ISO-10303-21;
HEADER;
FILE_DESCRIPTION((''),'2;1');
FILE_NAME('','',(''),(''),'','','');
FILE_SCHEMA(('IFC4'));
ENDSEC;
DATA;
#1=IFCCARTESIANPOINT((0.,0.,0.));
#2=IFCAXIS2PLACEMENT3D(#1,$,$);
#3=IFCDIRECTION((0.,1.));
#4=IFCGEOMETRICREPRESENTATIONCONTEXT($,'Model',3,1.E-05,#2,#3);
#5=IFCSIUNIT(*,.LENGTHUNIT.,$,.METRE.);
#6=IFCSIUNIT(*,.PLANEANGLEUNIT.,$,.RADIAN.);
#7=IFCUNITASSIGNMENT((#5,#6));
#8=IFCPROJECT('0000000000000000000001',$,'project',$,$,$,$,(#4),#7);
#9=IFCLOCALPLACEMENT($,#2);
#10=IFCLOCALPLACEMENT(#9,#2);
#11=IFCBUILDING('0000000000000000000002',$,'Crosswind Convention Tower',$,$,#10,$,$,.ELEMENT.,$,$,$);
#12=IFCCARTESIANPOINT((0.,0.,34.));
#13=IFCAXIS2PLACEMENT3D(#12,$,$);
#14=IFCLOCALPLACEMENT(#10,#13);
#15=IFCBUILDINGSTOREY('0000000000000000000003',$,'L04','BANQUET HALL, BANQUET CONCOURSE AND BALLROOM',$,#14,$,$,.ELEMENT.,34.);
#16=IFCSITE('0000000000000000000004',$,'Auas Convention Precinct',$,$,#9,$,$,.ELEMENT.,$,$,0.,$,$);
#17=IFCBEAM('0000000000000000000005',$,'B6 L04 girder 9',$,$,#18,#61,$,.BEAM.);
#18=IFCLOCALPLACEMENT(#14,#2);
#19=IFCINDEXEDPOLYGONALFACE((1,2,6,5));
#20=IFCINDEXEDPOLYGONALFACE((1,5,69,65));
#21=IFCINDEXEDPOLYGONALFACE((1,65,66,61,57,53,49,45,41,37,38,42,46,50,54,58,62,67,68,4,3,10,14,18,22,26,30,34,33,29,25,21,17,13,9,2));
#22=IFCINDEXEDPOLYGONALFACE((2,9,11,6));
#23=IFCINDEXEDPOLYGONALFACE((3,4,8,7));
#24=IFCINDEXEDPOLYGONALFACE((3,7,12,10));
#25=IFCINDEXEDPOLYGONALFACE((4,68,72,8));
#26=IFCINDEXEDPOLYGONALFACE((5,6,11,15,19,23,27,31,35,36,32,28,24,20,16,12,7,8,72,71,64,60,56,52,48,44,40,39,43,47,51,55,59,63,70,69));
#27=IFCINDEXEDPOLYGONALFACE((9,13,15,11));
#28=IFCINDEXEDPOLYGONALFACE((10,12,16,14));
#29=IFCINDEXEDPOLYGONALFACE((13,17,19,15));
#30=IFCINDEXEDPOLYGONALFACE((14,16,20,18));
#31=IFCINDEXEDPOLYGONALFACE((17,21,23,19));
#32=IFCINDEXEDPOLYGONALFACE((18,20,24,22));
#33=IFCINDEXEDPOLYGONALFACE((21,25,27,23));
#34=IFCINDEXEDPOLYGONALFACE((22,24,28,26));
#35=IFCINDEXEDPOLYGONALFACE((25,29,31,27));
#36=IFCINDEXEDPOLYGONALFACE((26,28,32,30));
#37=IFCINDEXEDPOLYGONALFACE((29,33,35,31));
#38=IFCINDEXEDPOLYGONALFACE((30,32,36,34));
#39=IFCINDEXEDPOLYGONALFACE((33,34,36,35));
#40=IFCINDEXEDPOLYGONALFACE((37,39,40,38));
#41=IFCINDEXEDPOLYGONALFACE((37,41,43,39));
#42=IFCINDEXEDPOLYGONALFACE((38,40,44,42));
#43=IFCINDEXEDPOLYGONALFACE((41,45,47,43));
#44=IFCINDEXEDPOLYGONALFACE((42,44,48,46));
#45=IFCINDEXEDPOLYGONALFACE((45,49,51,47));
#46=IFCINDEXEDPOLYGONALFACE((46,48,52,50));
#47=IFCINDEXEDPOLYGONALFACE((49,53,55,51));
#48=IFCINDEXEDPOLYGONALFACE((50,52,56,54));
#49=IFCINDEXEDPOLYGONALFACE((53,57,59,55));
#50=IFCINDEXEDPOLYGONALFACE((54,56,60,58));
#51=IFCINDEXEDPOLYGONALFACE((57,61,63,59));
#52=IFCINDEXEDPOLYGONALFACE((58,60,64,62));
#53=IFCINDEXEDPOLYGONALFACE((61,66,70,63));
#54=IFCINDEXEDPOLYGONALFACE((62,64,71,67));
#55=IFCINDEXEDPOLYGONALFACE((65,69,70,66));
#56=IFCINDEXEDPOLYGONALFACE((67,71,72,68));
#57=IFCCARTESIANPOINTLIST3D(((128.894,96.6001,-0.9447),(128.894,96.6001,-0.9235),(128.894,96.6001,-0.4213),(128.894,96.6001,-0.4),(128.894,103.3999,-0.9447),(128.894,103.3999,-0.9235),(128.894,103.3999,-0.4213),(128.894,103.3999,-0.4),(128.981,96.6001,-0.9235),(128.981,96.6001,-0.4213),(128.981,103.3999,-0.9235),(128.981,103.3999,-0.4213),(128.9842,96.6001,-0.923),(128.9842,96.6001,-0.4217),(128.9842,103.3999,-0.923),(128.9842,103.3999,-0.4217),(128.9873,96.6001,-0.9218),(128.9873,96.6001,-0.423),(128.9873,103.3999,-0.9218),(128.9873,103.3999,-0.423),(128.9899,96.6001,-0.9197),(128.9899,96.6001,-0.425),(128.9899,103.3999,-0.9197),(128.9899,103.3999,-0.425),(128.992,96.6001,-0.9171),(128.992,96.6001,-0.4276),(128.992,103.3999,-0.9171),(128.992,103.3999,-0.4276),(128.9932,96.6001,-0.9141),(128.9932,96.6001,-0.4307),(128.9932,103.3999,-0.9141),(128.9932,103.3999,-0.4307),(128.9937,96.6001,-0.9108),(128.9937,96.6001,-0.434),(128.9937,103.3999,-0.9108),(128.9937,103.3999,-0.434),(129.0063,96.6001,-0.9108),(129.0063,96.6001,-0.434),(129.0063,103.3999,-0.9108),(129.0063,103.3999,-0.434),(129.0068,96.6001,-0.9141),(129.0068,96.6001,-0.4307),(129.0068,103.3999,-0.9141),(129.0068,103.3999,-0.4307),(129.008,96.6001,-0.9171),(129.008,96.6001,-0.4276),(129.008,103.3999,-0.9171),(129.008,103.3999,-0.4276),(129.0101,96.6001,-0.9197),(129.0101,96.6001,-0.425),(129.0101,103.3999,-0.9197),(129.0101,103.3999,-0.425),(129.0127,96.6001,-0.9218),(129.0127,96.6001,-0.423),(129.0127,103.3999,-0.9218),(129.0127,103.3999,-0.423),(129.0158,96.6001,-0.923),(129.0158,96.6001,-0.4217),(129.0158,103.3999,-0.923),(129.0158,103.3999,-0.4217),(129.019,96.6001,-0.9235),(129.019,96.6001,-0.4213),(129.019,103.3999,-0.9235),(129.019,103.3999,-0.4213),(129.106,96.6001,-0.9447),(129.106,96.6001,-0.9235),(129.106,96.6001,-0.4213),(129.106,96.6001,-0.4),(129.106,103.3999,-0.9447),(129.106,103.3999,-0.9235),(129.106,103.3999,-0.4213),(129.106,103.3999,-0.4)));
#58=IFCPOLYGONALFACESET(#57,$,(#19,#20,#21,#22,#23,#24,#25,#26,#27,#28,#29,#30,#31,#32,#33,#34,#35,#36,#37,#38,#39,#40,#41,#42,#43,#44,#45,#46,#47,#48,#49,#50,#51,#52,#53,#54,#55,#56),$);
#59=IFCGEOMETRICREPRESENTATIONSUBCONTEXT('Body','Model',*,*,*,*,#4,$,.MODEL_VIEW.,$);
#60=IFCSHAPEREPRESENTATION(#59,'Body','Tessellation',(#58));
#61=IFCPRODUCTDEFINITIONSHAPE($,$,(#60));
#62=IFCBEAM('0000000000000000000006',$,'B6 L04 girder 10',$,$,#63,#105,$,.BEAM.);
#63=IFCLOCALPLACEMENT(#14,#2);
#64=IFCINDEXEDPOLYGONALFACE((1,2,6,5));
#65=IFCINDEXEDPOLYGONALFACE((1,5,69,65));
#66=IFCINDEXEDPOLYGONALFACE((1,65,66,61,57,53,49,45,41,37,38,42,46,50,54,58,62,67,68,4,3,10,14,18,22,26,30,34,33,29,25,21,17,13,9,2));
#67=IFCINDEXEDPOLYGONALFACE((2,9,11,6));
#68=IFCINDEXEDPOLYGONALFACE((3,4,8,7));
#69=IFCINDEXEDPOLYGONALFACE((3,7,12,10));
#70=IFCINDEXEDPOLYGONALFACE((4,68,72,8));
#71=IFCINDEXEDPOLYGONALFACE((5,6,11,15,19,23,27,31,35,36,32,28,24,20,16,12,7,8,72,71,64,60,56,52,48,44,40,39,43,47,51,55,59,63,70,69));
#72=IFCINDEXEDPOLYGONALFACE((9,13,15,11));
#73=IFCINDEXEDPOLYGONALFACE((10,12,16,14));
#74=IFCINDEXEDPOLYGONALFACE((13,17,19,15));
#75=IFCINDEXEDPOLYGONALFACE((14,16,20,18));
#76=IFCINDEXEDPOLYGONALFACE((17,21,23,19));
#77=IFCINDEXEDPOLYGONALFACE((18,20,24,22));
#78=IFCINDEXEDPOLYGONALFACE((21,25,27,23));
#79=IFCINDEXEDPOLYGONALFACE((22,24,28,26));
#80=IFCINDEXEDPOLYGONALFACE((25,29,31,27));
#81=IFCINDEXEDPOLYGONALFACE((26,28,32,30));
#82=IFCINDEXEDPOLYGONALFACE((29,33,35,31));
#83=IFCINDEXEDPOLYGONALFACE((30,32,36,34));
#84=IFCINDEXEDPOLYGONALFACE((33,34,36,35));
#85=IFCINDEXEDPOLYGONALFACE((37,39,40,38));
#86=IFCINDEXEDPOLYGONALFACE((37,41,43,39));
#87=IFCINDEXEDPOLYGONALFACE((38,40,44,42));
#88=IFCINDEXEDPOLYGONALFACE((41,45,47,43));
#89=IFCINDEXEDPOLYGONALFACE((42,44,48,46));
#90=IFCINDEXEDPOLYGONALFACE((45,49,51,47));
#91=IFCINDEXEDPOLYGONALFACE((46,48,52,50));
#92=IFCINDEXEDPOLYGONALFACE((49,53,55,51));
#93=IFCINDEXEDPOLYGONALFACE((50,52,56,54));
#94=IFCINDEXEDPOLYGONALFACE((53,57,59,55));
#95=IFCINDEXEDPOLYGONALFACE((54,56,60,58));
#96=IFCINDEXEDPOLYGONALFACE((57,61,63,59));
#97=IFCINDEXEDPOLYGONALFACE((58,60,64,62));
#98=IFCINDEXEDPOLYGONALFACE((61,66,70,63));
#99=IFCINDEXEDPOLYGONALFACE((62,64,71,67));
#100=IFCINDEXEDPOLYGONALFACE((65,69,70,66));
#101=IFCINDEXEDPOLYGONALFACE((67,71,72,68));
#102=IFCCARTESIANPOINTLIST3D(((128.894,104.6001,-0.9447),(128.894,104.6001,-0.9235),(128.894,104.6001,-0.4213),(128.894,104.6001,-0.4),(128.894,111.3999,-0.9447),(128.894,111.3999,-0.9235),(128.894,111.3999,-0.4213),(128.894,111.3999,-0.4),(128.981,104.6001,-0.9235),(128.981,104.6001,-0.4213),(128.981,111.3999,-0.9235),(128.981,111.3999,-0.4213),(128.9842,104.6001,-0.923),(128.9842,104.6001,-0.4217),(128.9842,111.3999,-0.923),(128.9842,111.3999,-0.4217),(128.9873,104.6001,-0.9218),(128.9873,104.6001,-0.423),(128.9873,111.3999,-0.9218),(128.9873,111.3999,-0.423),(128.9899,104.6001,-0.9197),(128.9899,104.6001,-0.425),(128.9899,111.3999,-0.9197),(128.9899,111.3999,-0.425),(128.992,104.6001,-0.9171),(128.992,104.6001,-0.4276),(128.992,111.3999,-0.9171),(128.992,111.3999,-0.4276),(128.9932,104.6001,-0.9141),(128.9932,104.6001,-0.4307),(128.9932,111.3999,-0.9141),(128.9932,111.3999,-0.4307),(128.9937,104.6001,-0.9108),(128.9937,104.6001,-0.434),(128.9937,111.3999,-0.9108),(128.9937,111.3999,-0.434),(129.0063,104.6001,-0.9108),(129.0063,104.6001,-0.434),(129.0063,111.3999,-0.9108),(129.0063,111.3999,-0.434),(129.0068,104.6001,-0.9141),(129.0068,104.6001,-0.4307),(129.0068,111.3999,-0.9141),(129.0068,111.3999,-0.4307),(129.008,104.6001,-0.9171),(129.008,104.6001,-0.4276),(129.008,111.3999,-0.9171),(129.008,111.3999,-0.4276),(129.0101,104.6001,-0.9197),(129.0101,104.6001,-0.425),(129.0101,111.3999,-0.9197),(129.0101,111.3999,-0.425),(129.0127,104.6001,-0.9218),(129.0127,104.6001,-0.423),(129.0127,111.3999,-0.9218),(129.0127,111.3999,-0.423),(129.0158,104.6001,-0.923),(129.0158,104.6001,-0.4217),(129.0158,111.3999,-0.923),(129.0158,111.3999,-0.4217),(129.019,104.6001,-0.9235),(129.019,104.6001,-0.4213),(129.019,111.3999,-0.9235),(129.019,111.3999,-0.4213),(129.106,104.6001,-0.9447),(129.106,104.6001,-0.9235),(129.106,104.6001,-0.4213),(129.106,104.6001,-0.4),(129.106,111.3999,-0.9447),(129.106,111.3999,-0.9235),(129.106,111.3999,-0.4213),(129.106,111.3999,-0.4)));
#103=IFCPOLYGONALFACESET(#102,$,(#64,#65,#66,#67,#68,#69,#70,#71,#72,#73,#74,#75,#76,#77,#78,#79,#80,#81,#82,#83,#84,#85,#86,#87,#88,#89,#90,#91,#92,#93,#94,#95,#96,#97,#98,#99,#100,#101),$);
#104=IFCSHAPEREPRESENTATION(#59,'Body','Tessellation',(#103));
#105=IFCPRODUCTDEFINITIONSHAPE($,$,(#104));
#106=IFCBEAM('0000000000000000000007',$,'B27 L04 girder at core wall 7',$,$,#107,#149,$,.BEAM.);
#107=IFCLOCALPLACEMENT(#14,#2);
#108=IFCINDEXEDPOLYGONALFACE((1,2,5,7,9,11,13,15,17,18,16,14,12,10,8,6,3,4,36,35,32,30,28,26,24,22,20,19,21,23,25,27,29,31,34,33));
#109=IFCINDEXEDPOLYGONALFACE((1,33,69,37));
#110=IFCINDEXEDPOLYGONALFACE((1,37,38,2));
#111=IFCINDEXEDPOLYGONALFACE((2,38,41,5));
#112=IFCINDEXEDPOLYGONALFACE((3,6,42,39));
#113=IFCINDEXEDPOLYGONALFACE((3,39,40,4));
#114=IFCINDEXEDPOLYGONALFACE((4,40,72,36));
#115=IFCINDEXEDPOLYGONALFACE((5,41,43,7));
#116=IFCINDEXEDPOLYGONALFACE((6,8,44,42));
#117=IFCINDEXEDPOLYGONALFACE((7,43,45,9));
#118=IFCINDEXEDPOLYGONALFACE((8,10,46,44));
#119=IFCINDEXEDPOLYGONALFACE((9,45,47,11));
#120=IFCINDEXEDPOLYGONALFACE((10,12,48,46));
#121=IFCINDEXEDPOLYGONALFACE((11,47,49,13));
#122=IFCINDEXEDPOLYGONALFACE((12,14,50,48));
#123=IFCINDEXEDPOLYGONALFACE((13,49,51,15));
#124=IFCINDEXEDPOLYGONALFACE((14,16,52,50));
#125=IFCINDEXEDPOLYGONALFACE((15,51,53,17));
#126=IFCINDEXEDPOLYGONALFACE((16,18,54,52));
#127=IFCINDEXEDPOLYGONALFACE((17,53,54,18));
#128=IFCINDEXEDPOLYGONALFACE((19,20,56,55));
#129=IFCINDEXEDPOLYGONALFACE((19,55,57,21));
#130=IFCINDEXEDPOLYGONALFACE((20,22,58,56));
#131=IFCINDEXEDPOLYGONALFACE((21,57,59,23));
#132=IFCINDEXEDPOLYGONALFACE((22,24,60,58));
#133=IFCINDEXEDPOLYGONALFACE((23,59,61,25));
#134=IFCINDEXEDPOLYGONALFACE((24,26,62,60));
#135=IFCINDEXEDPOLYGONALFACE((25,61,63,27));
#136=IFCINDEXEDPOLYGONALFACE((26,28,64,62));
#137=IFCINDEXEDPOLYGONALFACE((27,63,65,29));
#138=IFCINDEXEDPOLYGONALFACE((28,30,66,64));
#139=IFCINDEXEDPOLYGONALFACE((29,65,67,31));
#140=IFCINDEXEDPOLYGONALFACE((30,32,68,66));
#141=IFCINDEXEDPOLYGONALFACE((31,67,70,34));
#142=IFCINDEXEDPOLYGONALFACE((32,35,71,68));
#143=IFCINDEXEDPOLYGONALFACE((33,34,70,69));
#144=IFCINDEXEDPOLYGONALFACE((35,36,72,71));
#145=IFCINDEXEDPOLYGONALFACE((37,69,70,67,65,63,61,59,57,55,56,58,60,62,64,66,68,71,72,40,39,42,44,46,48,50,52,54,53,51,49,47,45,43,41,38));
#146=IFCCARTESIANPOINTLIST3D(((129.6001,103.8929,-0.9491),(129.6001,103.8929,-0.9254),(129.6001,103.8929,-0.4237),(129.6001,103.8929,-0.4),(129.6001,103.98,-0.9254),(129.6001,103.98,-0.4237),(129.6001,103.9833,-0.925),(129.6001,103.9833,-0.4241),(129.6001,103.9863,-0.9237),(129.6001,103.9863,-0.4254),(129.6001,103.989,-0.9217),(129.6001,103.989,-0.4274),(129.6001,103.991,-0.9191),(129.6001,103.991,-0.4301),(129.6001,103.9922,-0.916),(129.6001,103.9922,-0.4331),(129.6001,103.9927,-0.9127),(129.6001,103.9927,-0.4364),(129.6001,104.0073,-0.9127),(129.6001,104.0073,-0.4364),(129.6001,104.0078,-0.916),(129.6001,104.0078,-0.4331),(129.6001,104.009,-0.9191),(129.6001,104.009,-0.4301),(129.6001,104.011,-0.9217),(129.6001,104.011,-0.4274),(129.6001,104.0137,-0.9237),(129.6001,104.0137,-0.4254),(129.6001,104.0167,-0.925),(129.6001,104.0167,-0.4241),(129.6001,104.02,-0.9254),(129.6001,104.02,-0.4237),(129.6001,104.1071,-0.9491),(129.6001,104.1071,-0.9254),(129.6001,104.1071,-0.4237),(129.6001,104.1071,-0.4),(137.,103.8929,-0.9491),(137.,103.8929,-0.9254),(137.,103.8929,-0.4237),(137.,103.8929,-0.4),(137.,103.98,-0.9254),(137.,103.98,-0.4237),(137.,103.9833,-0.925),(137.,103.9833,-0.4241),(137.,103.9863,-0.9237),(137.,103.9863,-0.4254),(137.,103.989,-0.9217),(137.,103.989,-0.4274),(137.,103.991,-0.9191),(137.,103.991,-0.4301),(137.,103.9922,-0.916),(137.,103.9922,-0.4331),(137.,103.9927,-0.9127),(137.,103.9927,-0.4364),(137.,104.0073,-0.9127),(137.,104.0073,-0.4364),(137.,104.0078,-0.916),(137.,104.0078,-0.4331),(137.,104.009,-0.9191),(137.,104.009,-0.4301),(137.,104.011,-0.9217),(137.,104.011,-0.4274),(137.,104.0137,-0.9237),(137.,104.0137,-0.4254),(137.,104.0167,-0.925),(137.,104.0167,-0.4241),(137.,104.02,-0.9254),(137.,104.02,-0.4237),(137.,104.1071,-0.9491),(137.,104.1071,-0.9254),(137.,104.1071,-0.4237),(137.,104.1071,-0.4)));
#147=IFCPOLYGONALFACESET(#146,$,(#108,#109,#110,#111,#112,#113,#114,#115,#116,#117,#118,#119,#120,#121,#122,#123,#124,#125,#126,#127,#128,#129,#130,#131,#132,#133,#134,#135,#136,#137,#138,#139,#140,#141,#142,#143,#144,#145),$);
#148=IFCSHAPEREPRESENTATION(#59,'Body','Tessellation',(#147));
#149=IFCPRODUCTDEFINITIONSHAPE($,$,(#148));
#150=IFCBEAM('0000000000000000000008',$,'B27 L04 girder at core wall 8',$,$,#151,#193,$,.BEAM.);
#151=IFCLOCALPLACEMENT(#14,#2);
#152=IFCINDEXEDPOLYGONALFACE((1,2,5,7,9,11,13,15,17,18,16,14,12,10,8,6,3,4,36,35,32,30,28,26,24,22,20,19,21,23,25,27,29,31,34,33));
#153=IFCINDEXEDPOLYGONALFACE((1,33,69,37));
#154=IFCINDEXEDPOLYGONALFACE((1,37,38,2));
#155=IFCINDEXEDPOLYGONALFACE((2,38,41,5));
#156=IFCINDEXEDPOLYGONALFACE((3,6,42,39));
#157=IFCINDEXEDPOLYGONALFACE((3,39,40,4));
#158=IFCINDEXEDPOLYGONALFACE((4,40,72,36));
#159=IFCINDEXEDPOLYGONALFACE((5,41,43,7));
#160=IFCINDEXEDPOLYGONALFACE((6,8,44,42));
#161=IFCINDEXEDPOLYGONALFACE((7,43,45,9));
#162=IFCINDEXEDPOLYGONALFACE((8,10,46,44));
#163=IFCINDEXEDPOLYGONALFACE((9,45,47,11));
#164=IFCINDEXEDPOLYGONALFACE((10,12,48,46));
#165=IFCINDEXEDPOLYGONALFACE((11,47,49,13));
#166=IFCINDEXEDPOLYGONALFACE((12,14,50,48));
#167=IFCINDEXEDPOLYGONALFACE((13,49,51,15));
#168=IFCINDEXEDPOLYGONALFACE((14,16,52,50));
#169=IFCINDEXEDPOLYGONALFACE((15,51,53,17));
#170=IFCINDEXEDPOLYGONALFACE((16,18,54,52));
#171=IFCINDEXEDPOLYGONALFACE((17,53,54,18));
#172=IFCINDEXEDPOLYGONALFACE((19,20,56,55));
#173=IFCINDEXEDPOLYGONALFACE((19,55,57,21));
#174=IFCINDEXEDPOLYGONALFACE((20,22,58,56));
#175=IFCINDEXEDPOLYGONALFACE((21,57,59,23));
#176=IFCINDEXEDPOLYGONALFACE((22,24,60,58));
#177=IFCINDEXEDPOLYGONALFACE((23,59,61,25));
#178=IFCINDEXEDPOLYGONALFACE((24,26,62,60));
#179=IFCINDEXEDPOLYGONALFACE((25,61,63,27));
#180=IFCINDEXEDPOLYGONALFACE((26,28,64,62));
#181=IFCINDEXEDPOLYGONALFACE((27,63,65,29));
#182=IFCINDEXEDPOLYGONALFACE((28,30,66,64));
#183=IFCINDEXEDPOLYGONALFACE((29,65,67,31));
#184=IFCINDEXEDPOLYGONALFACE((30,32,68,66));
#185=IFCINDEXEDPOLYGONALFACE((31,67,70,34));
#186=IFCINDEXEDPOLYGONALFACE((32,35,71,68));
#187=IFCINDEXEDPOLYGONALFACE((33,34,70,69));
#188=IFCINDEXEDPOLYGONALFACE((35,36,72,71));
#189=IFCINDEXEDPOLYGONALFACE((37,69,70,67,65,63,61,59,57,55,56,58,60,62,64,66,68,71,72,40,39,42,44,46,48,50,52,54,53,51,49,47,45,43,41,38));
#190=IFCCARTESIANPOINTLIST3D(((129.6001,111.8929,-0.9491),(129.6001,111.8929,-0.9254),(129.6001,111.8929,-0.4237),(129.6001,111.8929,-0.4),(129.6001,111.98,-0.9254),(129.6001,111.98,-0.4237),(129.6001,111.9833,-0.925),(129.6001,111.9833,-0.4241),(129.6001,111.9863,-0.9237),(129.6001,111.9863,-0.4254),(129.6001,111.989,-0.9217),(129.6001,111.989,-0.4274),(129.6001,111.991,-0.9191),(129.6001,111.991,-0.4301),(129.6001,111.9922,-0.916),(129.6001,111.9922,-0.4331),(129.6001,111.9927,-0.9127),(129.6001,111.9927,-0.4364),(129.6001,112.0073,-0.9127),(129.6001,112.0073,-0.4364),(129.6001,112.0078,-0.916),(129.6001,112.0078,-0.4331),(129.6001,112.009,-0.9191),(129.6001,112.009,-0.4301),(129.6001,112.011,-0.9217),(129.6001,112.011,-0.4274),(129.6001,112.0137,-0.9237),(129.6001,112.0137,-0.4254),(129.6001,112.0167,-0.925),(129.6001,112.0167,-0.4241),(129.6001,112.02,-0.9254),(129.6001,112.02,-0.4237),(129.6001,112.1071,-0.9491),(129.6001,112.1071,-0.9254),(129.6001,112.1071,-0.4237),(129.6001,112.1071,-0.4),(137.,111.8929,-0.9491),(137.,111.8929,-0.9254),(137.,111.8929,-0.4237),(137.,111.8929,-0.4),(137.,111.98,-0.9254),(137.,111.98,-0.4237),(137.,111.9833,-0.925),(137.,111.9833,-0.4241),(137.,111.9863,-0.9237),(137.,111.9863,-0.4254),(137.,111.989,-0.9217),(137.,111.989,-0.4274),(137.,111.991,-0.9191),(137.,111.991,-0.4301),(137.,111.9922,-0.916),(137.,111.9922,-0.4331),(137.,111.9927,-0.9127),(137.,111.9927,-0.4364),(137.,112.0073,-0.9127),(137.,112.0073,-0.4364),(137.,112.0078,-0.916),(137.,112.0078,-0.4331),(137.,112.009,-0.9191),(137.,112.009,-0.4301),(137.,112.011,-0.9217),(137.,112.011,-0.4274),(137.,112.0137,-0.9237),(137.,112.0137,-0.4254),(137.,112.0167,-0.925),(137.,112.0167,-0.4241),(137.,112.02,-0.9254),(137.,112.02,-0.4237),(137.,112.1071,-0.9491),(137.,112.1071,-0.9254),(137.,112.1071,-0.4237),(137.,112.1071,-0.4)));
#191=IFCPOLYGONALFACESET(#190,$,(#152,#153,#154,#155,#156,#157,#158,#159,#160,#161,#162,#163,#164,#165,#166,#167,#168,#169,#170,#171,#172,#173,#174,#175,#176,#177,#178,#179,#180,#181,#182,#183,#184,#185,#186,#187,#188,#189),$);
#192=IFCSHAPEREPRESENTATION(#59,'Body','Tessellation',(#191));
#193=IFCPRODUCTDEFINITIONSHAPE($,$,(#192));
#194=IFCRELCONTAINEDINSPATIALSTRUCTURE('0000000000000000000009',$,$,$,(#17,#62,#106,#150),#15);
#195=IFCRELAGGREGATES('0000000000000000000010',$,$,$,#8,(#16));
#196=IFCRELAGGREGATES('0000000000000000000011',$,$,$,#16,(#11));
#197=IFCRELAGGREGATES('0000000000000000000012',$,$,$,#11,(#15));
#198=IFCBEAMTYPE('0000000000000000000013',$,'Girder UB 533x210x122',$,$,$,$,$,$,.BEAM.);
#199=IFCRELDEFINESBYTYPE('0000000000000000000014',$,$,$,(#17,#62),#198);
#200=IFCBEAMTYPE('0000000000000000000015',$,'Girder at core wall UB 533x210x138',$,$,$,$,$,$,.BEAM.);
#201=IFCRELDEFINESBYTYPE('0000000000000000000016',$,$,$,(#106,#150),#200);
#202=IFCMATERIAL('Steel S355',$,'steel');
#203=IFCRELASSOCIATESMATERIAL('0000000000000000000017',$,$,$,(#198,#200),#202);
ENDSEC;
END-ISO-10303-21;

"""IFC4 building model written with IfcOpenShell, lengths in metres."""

from ifc_helpers import new_model, si_unit, direction, frame, origin, origin_2d, place, context, subcontext, project, spatial, i_section, extrude, material, material_profile, profile_set, type_object, element, save


model = new_model("IFC4")

# Units and contexts
model_context = context("Model", 3, precision=1e-05, world=origin(), true_north=direction((0.0, 1.0)))
body_context = subcontext(model_context, "Body", "Model", "MODEL_VIEW")
ifc_project = project(units=[si_unit("LENGTHUNIT", "METRE"), si_unit("PLANEANGLEUNIT", "RADIAN")], contexts=[model_context])

# Site, building, storey
site_placement = place(None, origin())
site = spatial("IfcSite", under=ifc_project, at=site_placement, Name="Auas Convention Precinct", CompositionType="ELEMENT", RefElevation=0.0)
building_placement = place(site_placement, origin())
building = spatial("IfcBuilding", under=site, at=building_placement, Name="Crosswind Convention Tower", CompositionType="ELEMENT")
storey_placement = place(building_placement, frame((0.0, 0.0, 34.0)))
storey = spatial("IfcBuildingStorey", under=building, at=storey_placement, Name="L04", Description="BANQUET HALL, BANQUET CONCOURSE AND BALLROOM", CompositionType="ELEMENT", Elevation=34.0)

# Beams
ifc_material_1 = material(Name="Steel S355", Category="steel")
ifc_material_profile_1 = material_profile(ifc_material_1, i_section(OverallWidth=0.2119, OverallDepth=0.5447, WebThickness=0.0127, FlangeThickness=0.0212, FilletRadius=0.0127, at=origin_2d()), Name="UB 533x210x122")
ifc_profile_set_1 = profile_set([ifc_material_profile_1], Name="Steel S355")
beam_type_1 = type_object("IfcBeamType", Name="Girder UB 533x210x122", PredefinedType="BEAM", material=ifc_profile_set_1)
for number, where, z_axis, x_axis, name in (
    (1, (129.0, 96.6001, -0.6724), (0.0, 1.0, 0.0), (-1.0, 0.0, 0.0), "B6 L04 girder 9"),
    (2, (129.0, 104.6001, -0.6724), (0.0, 1.0, 0.0), (-1.0, 0.0, 0.0), "B6 L04 girder 10"),
):
    element("IfcBeam", number, at=place(storey_placement, frame(where, z_axis=z_axis, x_axis=x_axis)), inside=storey, type_object=beam_type_1, Name=name, PredefinedType="BEAM", context=body_context, shape_type="SweptSolid", body=[
        extrude(i_section(OverallWidth=0.2119, OverallDepth=0.5447, WebThickness=0.0127, FlangeThickness=0.0212, FilletRadius=0.0127, at=origin_2d()), origin(), (0.0, 0.0, 1.0), 6.7998),
    ])
ifc_material_profile_2 = material_profile(ifc_material_1, i_section(OverallWidth=0.2141, OverallDepth=0.5491, WebThickness=0.0146, FlangeThickness=0.0237, FilletRadius=0.0127, at=origin_2d()), Name="UB 533x210x138")
ifc_profile_set_2 = profile_set([ifc_material_profile_2], Name="Steel S355")
beam_type_2 = type_object("IfcBeamType", Name="Girder at core wall UB 533x210x138", PredefinedType="BEAM", material=ifc_profile_set_2)
for number, where, z_axis, x_axis, name in (
    (3, (129.6001, 104.0, -0.6746), (1.0, 0.0, 0.0), (0.0, 1.0, 0.0), "B27 L04 girder at core wall 7"),
    (4, (129.6001, 112.0, -0.6746), (1.0, 0.0, 0.0), (0.0, 1.0, 0.0), "B27 L04 girder at core wall 8"),
):
    element("IfcBeam", number, at=place(storey_placement, frame(where, z_axis=z_axis, x_axis=x_axis)), inside=storey, type_object=beam_type_2, Name=name, PredefinedType="BEAM", context=body_context, shape_type="SweptSolid", body=[
        extrude(i_section(OverallWidth=0.2141, OverallDepth=0.5491, WebThickness=0.0146, FlangeThickness=0.0237, FilletRadius=0.0127, at=origin_2d()), origin(), (0.0, 0.0, 1.0), 7.3999),
    ])

save(model, "model.ifc")
